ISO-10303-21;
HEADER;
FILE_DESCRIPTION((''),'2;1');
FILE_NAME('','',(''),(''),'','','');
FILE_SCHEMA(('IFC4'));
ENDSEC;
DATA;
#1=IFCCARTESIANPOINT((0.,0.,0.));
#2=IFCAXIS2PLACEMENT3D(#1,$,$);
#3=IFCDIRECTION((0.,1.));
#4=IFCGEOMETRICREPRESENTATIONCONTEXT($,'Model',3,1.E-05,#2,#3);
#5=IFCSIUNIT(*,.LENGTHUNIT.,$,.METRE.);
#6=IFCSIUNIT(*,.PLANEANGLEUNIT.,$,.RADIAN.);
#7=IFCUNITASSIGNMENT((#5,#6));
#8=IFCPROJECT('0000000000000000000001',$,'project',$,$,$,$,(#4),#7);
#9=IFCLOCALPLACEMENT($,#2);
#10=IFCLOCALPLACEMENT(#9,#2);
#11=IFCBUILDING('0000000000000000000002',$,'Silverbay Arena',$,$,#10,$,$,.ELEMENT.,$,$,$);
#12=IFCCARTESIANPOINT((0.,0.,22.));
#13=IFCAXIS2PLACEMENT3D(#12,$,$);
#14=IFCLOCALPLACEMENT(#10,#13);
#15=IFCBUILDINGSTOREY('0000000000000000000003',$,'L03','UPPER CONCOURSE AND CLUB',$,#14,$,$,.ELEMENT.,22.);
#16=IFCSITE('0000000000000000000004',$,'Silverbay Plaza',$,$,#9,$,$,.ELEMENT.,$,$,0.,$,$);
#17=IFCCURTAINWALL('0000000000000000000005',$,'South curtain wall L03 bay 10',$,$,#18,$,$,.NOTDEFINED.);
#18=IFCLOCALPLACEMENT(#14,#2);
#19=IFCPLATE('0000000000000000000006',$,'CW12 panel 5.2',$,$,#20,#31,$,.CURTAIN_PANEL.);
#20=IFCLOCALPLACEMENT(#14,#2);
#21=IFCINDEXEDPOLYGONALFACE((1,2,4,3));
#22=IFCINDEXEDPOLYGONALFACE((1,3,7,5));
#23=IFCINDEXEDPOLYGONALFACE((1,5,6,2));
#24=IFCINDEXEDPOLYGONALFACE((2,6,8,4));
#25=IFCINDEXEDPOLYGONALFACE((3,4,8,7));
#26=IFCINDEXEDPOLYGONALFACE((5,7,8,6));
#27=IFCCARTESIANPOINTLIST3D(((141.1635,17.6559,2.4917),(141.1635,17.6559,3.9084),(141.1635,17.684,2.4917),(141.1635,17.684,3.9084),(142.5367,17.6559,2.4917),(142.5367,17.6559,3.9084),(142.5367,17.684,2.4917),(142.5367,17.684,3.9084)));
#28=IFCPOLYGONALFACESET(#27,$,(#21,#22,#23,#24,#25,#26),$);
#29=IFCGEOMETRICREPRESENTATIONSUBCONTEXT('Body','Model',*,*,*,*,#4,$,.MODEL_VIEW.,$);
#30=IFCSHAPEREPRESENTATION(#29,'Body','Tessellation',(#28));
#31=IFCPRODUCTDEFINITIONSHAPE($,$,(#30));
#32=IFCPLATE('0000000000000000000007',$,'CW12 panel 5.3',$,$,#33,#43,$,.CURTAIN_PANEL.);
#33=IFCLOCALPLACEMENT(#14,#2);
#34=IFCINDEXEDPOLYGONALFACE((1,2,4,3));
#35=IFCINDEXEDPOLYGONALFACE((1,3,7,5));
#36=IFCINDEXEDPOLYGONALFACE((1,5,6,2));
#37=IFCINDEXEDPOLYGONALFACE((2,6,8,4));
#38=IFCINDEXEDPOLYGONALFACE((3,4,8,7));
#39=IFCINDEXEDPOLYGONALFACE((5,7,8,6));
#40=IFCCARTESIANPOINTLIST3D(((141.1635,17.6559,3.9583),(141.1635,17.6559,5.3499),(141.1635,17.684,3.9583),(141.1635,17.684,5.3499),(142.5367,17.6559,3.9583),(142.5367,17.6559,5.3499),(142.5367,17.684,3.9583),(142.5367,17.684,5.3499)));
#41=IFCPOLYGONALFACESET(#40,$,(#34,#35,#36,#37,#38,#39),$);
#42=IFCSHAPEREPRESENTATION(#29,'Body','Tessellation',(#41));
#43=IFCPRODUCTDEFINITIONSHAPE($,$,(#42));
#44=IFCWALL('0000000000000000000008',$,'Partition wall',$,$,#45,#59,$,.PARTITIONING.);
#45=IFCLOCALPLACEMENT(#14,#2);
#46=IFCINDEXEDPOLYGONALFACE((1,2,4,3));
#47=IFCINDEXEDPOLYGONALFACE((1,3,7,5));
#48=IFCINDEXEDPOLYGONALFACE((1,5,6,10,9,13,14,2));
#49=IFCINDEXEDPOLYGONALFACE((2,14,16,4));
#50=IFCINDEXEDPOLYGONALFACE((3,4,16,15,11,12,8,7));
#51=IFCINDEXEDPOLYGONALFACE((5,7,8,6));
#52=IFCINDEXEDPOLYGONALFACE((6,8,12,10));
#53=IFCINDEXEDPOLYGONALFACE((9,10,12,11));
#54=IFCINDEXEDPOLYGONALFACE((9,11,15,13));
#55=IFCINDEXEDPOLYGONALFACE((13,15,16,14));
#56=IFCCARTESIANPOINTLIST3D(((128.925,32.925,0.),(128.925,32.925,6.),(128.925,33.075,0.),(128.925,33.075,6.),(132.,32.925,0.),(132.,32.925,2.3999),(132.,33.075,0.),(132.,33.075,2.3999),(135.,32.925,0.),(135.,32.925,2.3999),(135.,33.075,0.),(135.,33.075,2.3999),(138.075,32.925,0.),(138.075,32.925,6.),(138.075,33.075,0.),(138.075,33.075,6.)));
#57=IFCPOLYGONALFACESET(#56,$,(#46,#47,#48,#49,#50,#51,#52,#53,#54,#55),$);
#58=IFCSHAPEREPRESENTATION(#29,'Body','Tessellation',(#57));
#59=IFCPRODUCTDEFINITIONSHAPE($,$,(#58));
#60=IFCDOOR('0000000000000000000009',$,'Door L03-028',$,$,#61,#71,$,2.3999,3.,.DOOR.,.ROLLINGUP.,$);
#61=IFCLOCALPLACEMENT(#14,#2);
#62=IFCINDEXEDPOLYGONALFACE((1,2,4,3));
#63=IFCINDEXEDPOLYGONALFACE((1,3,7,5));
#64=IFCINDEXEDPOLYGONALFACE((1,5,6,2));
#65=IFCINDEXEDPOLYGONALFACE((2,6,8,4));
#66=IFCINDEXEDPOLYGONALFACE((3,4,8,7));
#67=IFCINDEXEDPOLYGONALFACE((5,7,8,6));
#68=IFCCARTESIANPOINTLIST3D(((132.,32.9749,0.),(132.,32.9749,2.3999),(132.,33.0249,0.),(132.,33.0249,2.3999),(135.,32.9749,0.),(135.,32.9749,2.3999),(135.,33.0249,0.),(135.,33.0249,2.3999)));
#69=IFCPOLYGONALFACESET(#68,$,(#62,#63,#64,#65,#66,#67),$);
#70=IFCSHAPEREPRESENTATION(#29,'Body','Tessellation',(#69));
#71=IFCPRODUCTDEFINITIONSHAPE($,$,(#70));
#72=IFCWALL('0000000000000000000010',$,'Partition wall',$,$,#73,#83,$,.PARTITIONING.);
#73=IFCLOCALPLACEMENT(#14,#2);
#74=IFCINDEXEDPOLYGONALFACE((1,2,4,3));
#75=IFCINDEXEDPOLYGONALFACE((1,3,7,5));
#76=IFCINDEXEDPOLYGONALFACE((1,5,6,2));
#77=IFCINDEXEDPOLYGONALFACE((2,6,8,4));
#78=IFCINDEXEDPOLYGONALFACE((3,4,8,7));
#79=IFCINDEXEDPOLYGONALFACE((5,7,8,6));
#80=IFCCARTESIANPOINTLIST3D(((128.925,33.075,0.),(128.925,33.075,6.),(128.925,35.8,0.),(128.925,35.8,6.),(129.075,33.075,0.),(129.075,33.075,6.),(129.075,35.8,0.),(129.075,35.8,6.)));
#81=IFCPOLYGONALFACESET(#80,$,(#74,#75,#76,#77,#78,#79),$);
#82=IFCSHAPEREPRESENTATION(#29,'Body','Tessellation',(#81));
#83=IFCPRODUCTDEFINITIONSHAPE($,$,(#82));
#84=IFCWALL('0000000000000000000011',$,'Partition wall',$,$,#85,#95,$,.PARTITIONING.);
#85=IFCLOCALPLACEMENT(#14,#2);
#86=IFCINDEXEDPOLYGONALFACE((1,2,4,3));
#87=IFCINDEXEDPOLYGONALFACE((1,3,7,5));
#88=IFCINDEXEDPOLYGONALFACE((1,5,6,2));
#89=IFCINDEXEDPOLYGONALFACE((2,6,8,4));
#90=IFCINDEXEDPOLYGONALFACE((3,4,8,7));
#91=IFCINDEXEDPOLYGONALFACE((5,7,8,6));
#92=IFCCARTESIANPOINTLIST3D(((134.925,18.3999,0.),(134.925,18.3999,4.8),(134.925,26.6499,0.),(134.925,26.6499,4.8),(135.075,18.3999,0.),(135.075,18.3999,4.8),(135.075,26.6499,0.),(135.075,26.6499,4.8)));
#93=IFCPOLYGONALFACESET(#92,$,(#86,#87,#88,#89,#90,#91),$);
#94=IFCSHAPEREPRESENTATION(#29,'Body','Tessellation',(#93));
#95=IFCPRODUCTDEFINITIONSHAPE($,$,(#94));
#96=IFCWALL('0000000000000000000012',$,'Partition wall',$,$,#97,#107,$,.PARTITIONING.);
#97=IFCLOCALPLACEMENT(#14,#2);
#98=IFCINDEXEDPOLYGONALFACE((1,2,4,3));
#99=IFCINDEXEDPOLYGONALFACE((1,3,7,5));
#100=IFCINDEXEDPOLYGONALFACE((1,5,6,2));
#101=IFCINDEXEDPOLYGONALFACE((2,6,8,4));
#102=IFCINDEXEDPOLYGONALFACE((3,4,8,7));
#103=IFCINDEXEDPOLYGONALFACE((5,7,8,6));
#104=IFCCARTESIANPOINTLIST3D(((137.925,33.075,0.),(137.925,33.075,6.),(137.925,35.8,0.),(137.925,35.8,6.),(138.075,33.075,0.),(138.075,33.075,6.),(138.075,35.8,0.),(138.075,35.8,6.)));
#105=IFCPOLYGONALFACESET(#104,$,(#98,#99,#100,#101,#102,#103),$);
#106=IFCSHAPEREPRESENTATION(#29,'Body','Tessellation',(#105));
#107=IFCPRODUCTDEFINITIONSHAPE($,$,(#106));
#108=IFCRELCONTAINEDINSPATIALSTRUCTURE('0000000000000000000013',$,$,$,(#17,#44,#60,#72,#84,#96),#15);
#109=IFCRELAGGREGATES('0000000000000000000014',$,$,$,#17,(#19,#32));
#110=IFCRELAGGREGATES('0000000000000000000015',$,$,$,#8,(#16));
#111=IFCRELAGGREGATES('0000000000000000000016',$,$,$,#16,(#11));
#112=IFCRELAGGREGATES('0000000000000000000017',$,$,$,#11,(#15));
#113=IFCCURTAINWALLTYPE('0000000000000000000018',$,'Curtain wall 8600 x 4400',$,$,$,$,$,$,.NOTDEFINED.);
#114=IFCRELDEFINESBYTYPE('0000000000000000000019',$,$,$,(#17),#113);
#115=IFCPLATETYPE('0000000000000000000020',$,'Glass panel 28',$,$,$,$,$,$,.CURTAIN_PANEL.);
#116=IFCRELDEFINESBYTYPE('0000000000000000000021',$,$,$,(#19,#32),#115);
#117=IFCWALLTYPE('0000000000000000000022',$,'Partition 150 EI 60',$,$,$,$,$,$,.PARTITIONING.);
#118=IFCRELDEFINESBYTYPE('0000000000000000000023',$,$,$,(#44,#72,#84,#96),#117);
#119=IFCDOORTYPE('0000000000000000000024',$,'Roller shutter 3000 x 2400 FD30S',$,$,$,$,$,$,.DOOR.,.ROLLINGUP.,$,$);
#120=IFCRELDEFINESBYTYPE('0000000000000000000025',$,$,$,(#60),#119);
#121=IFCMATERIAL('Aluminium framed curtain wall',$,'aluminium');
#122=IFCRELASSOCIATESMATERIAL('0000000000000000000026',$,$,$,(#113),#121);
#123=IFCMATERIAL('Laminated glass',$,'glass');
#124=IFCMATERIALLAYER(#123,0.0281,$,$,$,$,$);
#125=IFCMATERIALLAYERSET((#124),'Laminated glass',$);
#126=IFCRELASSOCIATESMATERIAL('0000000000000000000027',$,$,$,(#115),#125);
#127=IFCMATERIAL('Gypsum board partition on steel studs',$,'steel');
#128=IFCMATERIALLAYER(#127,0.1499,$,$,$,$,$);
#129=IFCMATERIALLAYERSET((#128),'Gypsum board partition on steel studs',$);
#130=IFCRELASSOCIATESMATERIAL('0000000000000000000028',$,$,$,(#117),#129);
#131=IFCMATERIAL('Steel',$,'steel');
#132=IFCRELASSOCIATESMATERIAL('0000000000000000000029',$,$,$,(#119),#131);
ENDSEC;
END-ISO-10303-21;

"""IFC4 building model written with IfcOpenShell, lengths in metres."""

from ifc_helpers import new_model, si_unit, direction, frame, frame_2d, origin, origin_2d, place, context, subcontext, project, spatial, rectangle, extrude, material, layer, layer_set, type_object, element, fill, aggregate, save


model = new_model("IFC4")

# Units and contexts
model_context = context("Model", 3, precision=1e-05, world=origin(), true_north=direction((0.0, 1.0)))
body_context = subcontext(model_context, "Body", "Model", "MODEL_VIEW")
ifc_project = project(units=[si_unit("LENGTHUNIT", "METRE"), si_unit("PLANEANGLEUNIT", "RADIAN")], contexts=[model_context])

# Site, building, storey
site_placement = place(None, origin())
site = spatial("IfcSite", under=ifc_project, at=site_placement, Name="Silverbay Plaza", CompositionType="ELEMENT", RefElevation=0.0)
building_placement = place(site_placement, origin())
building = spatial("IfcBuilding", under=site, at=building_placement, Name="Silverbay Arena", CompositionType="ELEMENT")
storey_placement = place(building_placement, frame((0.0, 0.0, 22.0)))
storey = spatial("IfcBuildingStorey", under=building, at=storey_placement, Name="L03", Description="UPPER CONCOURSE AND CLUB", CompositionType="ELEMENT", Elevation=22.0)

# Curtain wall, plates
ifc_material_1 = material(Name="Aluminium framed curtain wall", Category="aluminium")
curtain_wall_type = type_object("IfcCurtainWallType", Name="Curtain wall 8600 x 4400", PredefinedType="NOTDEFINED", material=ifc_material_1)
curtain_wall_placement = place(storey_placement, origin())
curtain_wall = element("IfcCurtainWall", 1, at=curtain_wall_placement, inside=storey, type_object=curtain_wall_type, Name="South curtain wall L03 bay 10", PredefinedType="NOTDEFINED")
ifc_material_2 = material(Name="Laminated glass", Category="glass")
ifc_layer_1 = layer(ifc_material_2, 0.0281)
ifc_layer_set_1 = layer_set([ifc_layer_1], Name="Laminated glass")
plate_type = type_object("IfcPlateType", Name="Glass panel 28", PredefinedType="CURTAIN_PANEL", material=ifc_layer_set_1)
plate_1_placement = place(storey_placement, frame((141.8501, 17.6699, 2.4917), z_axis=(0.0, 0.0, 1.0), x_axis=(1.0, 0.0, 0.0)))
plate_1 = element("IfcPlate", 2, at=plate_1_placement, type_object=plate_type, Name="CW12 panel 5.2", PredefinedType="CURTAIN_PANEL", context=body_context, shape_type="SweptSolid", body=[
    extrude(rectangle(XDim=1.3733, YDim=0.0281, at=origin_2d()), origin(), (0.0, 0.0, 1.0), 1.4167),
])
plate_2_placement = place(storey_placement, frame((141.8501, 17.6699, 3.9583), z_axis=(0.0, 0.0, 1.0), x_axis=(1.0, 0.0, 0.0)))
plate_2 = element("IfcPlate", 3, at=plate_2_placement, type_object=plate_type, Name="CW12 panel 5.3", PredefinedType="CURTAIN_PANEL", context=body_context, shape_type="SweptSolid", body=[
    extrude(rectangle(XDim=1.3733, YDim=0.0281, at=origin_2d()), origin(), (0.0, 0.0, 1.0), 1.3916),
])
aggregate(curtain_wall, [plate_1, plate_2])

# Wall, opening, door
ifc_material_3 = material(Name="Gypsum board partition on steel studs", Category="steel")
ifc_layer_2 = layer(ifc_material_3, 0.1499)
ifc_layer_set_2 = layer_set([ifc_layer_2], Name="Gypsum board partition on steel studs")
wall_type_1 = type_object("IfcWallType", Name="Partition 150 EI 60", PredefinedType="PARTITIONING", material=ifc_layer_set_2)
wall_1_placement = place(storey_placement, frame((128.925, 33.0, 0.0), z_axis=(0.0, 0.0, 1.0), x_axis=(1.0, 0.0, 0.0)))
wall_1 = element("IfcWall", 4, at=wall_1_placement, inside=storey, type_object=wall_type_1, Name="Partition wall", PredefinedType="PARTITIONING", context=body_context, shape_type="SweptSolid", body=[
    extrude(rectangle(XDim=9.1499, YDim=0.1499, at=frame_2d((4.575, 0.0))), origin(), (0.0, 0.0, 1.0), 6.0),
])
opening_1_placement = place(wall_1_placement, frame((3.075, 0.0, 0.0)))
opening_1 = element("IfcOpeningElement", 5, at=opening_1_placement, cuts=wall_1, PredefinedType="OPENING", context=body_context, shape_type="SweptSolid", body=[
    extrude(rectangle(XDim=3.0, YDim=2.3999, at=frame_2d((1.5, 1.2))), frame((0.0, 0.085, 0.0), z_axis=(0.0, -1.0, 0.0), x_axis=(1.0, 0.0, 0.0)), (0.0, 0.0, 1.0), 0.1699),
])
ifc_material_4 = material(Name="Steel", Category="steel")
door_type_1 = type_object("IfcDoorType", Name="Roller shutter 3000 x 2400 FD30S", OperationType="ROLLINGUP", PredefinedType="DOOR", material=ifc_material_4)
door_1_placement = place(opening_1_placement, origin())
door_1 = element("IfcDoor", 6, at=door_1_placement, inside=storey, type_object=door_type_1, Name="Door L03-028", OperationType="ROLLINGUP", OverallHeight=2.3999, OverallWidth=3.0, PredefinedType="DOOR", context=body_context, shape_type="SweptSolid", body=[
    extrude(rectangle(XDim=3.0, YDim=2.3999, at=frame_2d((1.5, 1.2))), frame((0.0, 0.0249, 0.0), z_axis=(0.0, -1.0, 0.0), x_axis=(1.0, 0.0, 0.0)), (0.0, 0.0, 1.0), 0.05),
])
fill(opening_1, door_1)

# Walls
wall_2_placement = place(storey_placement, frame((129.0, 33.075, 0.0), z_axis=(0.0, 0.0, 1.0), x_axis=(0.0, 1.0, 0.0)))
element("IfcWall", 7, at=wall_2_placement, inside=storey, type_object=wall_type_1, Name="Partition wall", PredefinedType="PARTITIONING", context=body_context, shape_type="SweptSolid", body=[
    extrude(rectangle(XDim=2.7251, YDim=0.1499, at=frame_2d((1.3625, 0.0))), origin(), (0.0, 0.0, 1.0), 6.0),
])
wall_3_placement = place(storey_placement, frame((135.0, 18.3999, 0.0), z_axis=(0.0, 0.0, 1.0), x_axis=(0.0, 1.0, 0.0)))
element("IfcWall", 8, at=wall_3_placement, inside=storey, type_object=wall_type_1, Name="Partition wall", PredefinedType="PARTITIONING", context=body_context, shape_type="SweptSolid", body=[
    extrude(rectangle(XDim=8.25, YDim=0.1499, at=frame_2d((4.125, 0.0))), origin(), (0.0, 0.0, 1.0), 4.8),
])
wall_4_placement = place(storey_placement, frame((138.0, 33.075, 0.0), z_axis=(0.0, 0.0, 1.0), x_axis=(0.0, 1.0, 0.0)))
element("IfcWall", 9, at=wall_4_placement, inside=storey, type_object=wall_type_1, Name="Partition wall", PredefinedType="PARTITIONING", context=body_context, shape_type="SweptSolid", body=[
    extrude(rectangle(XDim=2.7251, YDim=0.1499, at=frame_2d((1.3625, 0.0))), origin(), (0.0, 0.0, 1.0), 6.0),
])

save(model, "model.ifc")
